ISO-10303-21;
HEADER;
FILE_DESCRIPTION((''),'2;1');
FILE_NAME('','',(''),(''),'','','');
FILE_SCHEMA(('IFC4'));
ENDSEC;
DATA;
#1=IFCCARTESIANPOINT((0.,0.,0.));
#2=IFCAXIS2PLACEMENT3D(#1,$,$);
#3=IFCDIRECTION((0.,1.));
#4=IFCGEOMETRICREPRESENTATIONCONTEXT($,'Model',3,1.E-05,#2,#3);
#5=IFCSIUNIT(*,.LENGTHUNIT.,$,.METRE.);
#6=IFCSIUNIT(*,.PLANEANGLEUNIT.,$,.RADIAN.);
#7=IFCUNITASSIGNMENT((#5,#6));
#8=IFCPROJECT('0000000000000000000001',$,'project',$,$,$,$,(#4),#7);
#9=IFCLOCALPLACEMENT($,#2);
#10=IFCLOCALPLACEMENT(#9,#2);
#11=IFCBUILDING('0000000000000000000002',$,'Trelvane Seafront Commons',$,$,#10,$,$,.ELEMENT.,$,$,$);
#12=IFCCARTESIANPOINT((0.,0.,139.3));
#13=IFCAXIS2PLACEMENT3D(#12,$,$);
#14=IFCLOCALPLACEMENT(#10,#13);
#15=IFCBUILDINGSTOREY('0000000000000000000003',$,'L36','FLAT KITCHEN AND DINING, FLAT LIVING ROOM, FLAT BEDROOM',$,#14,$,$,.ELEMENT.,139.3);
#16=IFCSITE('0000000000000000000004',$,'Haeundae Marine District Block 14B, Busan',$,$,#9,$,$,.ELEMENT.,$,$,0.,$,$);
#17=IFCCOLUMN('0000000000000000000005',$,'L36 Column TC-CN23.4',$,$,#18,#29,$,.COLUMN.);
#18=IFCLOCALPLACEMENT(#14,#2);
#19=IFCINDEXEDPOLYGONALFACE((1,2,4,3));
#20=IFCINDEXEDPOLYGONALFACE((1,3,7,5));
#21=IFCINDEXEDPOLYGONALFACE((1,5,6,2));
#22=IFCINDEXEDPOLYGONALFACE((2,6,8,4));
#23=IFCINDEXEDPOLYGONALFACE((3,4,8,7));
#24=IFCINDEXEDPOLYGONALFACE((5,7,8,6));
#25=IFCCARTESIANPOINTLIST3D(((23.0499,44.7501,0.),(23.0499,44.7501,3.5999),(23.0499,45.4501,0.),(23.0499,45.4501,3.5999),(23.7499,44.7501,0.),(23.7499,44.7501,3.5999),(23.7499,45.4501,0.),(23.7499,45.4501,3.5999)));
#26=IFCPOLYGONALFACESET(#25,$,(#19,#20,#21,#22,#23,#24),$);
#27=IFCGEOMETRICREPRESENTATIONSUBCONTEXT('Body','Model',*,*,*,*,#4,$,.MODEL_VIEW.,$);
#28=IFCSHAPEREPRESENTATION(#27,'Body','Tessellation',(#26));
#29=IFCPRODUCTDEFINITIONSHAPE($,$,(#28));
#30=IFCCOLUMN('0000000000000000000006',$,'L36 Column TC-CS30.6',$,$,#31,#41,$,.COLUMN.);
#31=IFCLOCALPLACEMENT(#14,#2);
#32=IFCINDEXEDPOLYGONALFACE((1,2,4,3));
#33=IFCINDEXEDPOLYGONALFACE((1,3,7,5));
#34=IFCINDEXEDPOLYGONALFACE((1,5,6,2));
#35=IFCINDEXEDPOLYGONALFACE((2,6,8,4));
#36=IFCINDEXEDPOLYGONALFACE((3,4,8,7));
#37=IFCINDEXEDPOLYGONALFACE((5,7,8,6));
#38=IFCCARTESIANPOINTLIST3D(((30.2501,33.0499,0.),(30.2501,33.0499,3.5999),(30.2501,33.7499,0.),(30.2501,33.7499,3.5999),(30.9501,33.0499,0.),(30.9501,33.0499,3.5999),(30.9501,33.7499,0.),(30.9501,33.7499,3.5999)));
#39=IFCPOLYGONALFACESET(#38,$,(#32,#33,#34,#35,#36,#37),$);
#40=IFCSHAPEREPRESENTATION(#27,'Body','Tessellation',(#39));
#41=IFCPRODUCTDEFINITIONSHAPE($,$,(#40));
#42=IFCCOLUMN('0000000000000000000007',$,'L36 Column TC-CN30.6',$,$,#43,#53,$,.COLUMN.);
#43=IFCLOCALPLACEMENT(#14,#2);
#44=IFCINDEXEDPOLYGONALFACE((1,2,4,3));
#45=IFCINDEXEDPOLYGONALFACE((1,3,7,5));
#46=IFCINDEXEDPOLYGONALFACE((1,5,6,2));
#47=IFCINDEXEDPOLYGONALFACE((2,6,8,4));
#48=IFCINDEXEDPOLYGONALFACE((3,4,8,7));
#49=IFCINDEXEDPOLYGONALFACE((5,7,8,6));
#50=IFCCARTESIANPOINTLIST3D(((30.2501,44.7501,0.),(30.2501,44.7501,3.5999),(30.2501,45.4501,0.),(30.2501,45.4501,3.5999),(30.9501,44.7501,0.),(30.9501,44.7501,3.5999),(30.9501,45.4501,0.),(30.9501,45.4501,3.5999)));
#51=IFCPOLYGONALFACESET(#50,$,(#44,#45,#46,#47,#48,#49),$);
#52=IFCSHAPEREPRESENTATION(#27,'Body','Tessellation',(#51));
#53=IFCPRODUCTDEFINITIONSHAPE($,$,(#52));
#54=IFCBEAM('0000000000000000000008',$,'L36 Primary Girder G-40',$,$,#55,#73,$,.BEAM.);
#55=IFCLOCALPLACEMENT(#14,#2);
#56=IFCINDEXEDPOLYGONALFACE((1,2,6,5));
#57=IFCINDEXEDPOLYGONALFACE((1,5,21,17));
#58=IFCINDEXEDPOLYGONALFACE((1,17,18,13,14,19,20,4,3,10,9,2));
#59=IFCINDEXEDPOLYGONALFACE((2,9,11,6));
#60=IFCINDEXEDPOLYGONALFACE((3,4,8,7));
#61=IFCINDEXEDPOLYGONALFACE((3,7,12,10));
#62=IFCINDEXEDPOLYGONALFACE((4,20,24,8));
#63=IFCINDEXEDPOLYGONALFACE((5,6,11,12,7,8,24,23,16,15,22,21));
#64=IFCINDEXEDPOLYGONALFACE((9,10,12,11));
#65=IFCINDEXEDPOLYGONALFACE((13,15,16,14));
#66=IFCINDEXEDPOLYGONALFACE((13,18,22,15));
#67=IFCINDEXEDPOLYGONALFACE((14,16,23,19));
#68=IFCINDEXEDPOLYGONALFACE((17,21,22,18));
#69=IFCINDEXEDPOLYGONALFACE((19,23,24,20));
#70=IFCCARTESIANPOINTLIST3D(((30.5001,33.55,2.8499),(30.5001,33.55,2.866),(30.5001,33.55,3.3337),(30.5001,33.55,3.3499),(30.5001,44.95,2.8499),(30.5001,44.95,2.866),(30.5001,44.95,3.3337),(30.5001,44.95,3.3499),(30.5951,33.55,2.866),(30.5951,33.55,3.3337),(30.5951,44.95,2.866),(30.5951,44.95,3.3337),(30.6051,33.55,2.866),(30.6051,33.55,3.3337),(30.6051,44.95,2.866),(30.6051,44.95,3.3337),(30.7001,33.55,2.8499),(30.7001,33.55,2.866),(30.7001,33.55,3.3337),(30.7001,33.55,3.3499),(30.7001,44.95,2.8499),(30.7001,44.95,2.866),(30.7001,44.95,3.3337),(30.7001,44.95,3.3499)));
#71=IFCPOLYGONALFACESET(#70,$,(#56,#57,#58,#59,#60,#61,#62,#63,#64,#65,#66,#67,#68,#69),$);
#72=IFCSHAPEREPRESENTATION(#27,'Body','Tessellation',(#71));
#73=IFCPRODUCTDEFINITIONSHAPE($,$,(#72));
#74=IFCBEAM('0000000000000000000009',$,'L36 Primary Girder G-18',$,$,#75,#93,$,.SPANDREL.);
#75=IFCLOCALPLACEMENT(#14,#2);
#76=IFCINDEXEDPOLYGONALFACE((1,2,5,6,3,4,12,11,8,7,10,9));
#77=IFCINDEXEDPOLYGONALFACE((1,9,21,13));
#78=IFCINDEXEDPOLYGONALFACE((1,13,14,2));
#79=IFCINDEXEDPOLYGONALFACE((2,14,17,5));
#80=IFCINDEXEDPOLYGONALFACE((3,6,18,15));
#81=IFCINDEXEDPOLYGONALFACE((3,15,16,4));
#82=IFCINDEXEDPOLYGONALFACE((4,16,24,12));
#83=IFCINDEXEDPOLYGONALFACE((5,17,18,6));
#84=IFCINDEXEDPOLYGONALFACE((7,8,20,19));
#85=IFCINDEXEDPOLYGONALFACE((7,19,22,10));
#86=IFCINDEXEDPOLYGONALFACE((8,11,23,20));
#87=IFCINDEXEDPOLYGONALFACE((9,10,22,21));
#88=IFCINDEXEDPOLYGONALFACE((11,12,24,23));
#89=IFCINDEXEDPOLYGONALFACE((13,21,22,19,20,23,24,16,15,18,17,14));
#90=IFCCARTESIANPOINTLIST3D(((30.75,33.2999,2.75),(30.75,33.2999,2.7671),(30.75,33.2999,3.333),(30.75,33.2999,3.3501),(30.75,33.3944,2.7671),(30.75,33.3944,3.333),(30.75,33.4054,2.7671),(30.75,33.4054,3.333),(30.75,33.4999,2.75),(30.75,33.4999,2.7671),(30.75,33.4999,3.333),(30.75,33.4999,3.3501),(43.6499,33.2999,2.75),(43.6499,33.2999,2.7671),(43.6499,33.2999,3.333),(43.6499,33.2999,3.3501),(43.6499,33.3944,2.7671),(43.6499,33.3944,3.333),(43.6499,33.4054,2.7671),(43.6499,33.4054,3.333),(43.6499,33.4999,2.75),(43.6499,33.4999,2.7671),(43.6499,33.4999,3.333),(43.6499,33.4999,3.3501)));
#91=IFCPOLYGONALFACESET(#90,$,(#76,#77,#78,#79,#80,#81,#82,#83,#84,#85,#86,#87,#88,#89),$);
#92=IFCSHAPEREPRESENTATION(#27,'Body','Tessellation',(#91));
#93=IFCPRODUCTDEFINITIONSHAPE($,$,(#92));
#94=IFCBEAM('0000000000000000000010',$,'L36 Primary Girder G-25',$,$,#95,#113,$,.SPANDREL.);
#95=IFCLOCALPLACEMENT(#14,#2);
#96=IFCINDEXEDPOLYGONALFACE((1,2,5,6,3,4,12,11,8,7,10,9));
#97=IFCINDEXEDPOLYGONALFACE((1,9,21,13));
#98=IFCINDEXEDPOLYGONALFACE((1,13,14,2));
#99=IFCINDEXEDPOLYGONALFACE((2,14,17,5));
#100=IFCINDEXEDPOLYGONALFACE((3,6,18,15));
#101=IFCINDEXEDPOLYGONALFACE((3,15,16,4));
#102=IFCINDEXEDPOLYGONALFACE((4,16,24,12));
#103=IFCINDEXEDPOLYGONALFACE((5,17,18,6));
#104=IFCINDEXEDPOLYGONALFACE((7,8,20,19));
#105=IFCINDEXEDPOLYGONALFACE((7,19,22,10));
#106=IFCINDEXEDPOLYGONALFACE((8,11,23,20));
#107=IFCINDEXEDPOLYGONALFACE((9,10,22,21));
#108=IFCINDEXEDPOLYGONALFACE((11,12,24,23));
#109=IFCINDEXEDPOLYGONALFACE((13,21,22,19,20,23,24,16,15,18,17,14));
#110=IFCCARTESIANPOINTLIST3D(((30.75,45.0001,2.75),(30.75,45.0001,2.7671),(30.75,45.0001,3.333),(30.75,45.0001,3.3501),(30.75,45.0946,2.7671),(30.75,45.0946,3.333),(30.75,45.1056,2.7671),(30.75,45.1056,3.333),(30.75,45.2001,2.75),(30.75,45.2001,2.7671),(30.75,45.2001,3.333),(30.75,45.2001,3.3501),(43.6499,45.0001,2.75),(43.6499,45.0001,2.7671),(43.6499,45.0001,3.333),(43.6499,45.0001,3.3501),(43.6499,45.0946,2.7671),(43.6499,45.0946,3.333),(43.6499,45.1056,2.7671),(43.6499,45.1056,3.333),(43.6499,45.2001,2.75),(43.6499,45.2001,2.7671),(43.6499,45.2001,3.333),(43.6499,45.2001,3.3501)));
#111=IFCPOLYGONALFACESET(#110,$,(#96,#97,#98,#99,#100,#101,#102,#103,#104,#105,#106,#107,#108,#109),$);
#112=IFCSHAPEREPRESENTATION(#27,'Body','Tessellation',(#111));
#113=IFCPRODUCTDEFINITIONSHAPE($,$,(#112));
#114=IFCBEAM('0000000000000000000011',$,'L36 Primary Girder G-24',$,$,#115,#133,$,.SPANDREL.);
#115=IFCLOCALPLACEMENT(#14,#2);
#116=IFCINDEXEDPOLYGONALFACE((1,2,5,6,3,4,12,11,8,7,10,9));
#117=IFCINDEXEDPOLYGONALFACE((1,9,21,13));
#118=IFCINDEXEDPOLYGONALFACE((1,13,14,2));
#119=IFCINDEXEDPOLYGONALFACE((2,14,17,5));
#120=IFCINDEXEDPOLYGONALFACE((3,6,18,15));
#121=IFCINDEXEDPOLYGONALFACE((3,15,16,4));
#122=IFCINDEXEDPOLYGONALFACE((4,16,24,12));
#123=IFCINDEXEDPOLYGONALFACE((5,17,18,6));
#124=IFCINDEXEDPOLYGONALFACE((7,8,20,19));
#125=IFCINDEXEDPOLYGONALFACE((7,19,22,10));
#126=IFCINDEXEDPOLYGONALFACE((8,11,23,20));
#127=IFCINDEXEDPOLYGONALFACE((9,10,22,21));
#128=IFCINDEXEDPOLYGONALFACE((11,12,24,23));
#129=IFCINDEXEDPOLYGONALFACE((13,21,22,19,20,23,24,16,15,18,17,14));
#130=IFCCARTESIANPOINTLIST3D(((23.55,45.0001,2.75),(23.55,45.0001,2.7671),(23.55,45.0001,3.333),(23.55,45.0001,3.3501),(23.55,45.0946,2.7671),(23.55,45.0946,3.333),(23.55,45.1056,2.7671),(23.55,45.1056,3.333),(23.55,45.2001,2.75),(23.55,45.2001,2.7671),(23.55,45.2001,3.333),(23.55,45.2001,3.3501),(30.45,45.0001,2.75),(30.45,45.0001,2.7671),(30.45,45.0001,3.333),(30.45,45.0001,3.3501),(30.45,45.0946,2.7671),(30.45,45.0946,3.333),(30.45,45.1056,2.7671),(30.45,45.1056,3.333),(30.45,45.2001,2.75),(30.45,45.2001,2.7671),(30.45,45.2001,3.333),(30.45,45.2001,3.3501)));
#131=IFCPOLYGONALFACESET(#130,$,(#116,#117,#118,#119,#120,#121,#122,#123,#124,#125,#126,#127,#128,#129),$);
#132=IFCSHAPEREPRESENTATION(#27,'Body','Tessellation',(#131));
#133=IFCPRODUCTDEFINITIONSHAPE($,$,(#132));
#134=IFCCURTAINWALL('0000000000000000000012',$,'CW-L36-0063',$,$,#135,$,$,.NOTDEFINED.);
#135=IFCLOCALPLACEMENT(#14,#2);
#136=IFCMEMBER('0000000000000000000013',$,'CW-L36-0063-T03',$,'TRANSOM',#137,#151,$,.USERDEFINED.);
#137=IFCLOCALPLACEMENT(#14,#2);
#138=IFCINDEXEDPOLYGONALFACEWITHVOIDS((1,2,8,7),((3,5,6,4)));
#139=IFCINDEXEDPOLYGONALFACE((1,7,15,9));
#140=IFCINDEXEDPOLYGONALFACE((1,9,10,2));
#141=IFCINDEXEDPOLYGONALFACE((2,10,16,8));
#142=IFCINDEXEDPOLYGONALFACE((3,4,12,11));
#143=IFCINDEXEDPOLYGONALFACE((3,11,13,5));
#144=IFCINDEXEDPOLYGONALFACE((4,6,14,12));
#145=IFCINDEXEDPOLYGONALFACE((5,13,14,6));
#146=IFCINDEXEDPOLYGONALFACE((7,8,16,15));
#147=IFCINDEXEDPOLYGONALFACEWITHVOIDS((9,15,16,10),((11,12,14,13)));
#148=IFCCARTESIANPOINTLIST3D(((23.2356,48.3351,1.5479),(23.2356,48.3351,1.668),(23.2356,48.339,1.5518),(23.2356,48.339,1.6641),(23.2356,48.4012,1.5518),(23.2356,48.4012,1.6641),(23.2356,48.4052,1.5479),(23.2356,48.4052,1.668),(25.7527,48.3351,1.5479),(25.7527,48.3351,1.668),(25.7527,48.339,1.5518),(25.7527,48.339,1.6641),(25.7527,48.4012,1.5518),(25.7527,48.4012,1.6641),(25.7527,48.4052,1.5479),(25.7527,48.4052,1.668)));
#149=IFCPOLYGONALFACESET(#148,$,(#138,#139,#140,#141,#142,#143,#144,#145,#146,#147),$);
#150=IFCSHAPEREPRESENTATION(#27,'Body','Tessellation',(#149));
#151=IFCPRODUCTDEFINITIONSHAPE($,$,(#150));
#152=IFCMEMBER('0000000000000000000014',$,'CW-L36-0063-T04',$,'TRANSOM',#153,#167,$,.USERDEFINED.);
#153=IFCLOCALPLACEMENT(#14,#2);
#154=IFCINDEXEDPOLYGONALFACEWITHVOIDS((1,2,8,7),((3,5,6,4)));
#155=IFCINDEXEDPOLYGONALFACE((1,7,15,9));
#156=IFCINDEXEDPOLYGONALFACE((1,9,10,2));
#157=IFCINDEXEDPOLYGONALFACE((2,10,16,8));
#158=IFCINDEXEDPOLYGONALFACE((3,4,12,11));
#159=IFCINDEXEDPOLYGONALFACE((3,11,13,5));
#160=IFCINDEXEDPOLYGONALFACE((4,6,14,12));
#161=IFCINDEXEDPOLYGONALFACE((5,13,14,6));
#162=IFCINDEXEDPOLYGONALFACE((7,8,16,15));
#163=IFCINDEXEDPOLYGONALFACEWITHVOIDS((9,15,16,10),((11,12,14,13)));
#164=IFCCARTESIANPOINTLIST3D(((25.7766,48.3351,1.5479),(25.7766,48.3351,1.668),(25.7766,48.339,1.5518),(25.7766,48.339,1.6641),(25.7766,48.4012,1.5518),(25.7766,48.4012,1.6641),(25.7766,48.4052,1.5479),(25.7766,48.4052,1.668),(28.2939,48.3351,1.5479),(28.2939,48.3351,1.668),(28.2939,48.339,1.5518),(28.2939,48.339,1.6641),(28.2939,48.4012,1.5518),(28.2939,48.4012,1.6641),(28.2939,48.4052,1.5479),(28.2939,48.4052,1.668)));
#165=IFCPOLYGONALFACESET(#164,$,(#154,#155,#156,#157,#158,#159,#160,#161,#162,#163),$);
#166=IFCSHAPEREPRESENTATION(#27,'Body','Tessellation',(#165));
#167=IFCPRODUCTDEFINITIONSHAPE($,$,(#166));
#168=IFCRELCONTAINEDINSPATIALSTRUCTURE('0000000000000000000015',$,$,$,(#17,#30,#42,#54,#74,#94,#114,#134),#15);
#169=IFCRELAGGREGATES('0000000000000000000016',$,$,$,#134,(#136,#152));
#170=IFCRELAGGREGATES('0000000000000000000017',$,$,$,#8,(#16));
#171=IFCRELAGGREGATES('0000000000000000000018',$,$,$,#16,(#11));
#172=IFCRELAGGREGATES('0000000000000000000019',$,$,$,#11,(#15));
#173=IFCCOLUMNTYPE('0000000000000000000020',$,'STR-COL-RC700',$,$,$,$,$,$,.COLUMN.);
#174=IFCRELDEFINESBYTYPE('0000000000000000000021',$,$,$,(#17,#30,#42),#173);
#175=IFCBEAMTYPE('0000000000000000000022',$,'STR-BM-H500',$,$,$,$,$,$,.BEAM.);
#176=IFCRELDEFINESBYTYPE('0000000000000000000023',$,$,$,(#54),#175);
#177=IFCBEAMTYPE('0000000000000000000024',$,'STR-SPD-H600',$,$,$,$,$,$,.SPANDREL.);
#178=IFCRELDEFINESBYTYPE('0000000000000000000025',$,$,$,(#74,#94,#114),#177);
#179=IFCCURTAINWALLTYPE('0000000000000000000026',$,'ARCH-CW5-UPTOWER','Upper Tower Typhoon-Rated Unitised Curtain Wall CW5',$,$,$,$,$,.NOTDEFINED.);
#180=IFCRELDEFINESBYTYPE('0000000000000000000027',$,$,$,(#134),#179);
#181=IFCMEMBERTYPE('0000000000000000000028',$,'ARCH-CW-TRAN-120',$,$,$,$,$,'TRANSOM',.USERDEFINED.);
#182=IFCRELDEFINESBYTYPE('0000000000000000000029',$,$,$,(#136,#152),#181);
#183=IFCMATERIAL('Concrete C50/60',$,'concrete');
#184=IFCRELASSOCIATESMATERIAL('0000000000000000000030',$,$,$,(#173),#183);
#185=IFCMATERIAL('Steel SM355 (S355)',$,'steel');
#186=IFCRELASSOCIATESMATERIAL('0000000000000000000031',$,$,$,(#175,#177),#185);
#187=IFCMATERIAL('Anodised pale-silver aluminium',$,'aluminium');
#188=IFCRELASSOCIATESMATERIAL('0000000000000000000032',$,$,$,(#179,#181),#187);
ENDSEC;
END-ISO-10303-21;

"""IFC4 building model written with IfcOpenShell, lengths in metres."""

from ifc_helpers import new_model, si_unit, direction, frame, origin, origin_2d, place, context, subcontext, project, spatial, rectangle, hollow_rectangle, i_section, extrude, source, transform, mapped, material, material_profile, profile_set, type_object, element, aggregate, save


model = new_model("IFC4")

# Units and contexts
model_context = context("Model", 3, precision=1e-05, world=origin(), true_north=direction((0.0, 1.0)))
body_context = subcontext(model_context, "Body", "Model", "MODEL_VIEW")
ifc_project = project(units=[si_unit("LENGTHUNIT", "METRE"), si_unit("PLANEANGLEUNIT", "RADIAN")], contexts=[model_context])

# Site, building, storey
site_placement = place(None, origin())
site = spatial("IfcSite", under=ifc_project, at=site_placement, Name="Haeundae Marine District Block 14B, Busan", CompositionType="ELEMENT", RefElevation=0.0)
building_placement = place(site_placement, origin())
building = spatial("IfcBuilding", under=site, at=building_placement, Name="Trelvane Seafront Commons", CompositionType="ELEMENT")
storey_placement = place(building_placement, frame((0.0, 0.0, 139.3)))
storey = spatial("IfcBuildingStorey", under=building, at=storey_placement, Name="L36", Description="FLAT KITCHEN AND DINING, FLAT LIVING ROOM, FLAT BEDROOM", CompositionType="ELEMENT", Elevation=139.3)

# Columns
ifc_material_1 = material(Name="Concrete C50/60", Category="concrete")
ifc_material_profile_1 = material_profile(ifc_material_1, rectangle(XDim=0.7, YDim=0.7, at=origin_2d()), Name="RC-700x700")
ifc_profile_set_1 = profile_set([ifc_material_profile_1], Name="Concrete C50/60")
column_type = type_object("IfcColumnType", Name="STR-COL-RC700", PredefinedType="COLUMN", material=ifc_profile_set_1)
shared_shape_1 = source(origin(), body_context, "Body", "SweptSolid", [
    extrude(rectangle(XDim=0.7, YDim=0.7, at=origin_2d()), origin(), (0.0, 0.0, 1.0), 3.5999),
])
for number, where, z_axis, x_axis, name in (
    (1, (23.3999, 45.1001, 0.0), (0.0, 0.0, 1.0), (1.0, 0.0, 0.0), "L36 Column TC-CN23.4"),
    (2, (30.6001, 33.3999, 0.0), (0.0, 0.0, 1.0), (1.0, 0.0, 0.0), "L36 Column TC-CS30.6"),
    (3, (30.6001, 45.1001, 0.0), (0.0, 0.0, 1.0), (1.0, 0.0, 0.0), "L36 Column TC-CN30.6"),
):
    element("IfcColumn", number, at=place(storey_placement, frame(where, z_axis=z_axis, x_axis=x_axis)), inside=storey, type_object=column_type, Name=name, PredefinedType="COLUMN", context=body_context, shape_type="MappedRepresentation", body=[
        mapped(shared_shape_1, transform((0.0, 0.0, 0.0), x_axis=(1.0, 0.0, 0.0), y_axis=(0.0, 1.0, 0.0), z_axis=(0.0, 0.0, 1.0), scale=1.0)),
    ])

# Beams
ifc_material_2 = material(Name="Steel SM355 (S355)", Category="steel")
ifc_material_profile_2 = material_profile(ifc_material_2, i_section(OverallWidth=0.2, OverallDepth=0.5, WebThickness=0.01, FlangeThickness=0.0161, at=origin_2d()), Name="H-500x200x10x16")
ifc_profile_set_2 = profile_set([ifc_material_profile_2], Name="Steel SM355 (S355)")
beam_type_1 = type_object("IfcBeamType", Name="STR-BM-H500", PredefinedType="BEAM", material=ifc_profile_set_2)
shared_shape_2 = source(origin(), body_context, "Body", "SweptSolid", [
    extrude(i_section(OverallWidth=0.2, OverallDepth=0.5, WebThickness=0.01, FlangeThickness=0.0161, at=origin_2d()), origin(), (0.0, 0.0, 1.0), 11.3999),
])
beam_1_placement = place(storey_placement, frame((30.6001, 33.55, 3.0999), z_axis=(0.0, 1.0, 0.0), x_axis=(-1.0, 0.0, 0.0)))
element("IfcBeam", 4, at=beam_1_placement, inside=storey, type_object=beam_type_1, Name="L36 Primary Girder G-40", PredefinedType="BEAM", context=body_context, shape_type="MappedRepresentation", body=[
    mapped(shared_shape_2, transform((0.0, 0.0, 0.0), x_axis=(1.0, 0.0, 0.0), y_axis=(0.0, 1.0, 0.0), z_axis=(0.0, 0.0, 1.0), scale=1.0)),
])
ifc_material_profile_3 = material_profile(ifc_material_2, i_section(OverallWidth=0.2, OverallDepth=0.6001, WebThickness=0.011, FlangeThickness=0.0171, at=origin_2d()), Name="H-600x200x11x17")
ifc_profile_set_3 = profile_set([ifc_material_profile_3], Name="Steel SM355 (S355)")
beam_type_2 = type_object("IfcBeamType", Name="STR-SPD-H600", PredefinedType="SPANDREL", material=ifc_profile_set_3)
shared_shape_3 = source(origin(), body_context, "Body", "SweptSolid", [
    extrude(i_section(OverallWidth=0.2, OverallDepth=0.6001, WebThickness=0.011, FlangeThickness=0.0171, at=origin_2d()), origin(), (0.0, 0.0, 1.0), 12.8999),
])
for number, where, z_axis, x_axis, name in (
    (5, (30.75, 33.3999, 3.05), (1.0, 0.0, 0.0), (0.0, 1.0, 0.0), "L36 Primary Girder G-18"),
    (6, (30.75, 45.1001, 3.05), (1.0, 0.0, 0.0), (0.0, 1.0, 0.0), "L36 Primary Girder G-25"),
):
    element("IfcBeam", number, at=place(storey_placement, frame(where, z_axis=z_axis, x_axis=x_axis)), inside=storey, type_object=beam_type_2, Name=name, PredefinedType="SPANDREL", context=body_context, shape_type="MappedRepresentation", body=[
        mapped(shared_shape_3, transform((0.0, 0.0, 0.0), x_axis=(1.0, 0.0, 0.0), y_axis=(0.0, 1.0, 0.0), z_axis=(0.0, 0.0, 1.0), scale=1.0)),
    ])
shared_shape_4 = source(origin(), body_context, "Body", "SweptSolid", [
    extrude(i_section(OverallWidth=0.2, OverallDepth=0.6001, WebThickness=0.011, FlangeThickness=0.0171, at=origin_2d()), origin(), (0.0, 0.0, 1.0), 6.8999),
])
beam_2_placement = place(storey_placement, frame((23.55, 45.1001, 3.05), z_axis=(1.0, 0.0, 0.0), x_axis=(0.0, 1.0, 0.0)))
element("IfcBeam", 7, at=beam_2_placement, inside=storey, type_object=beam_type_2, Name="L36 Primary Girder G-24", PredefinedType="SPANDREL", context=body_context, shape_type="MappedRepresentation", body=[
    mapped(shared_shape_4, transform((0.0, 0.0, 0.0), x_axis=(1.0, 0.0, 0.0), y_axis=(0.0, 1.0, 0.0), z_axis=(0.0, 0.0, 1.0), scale=1.0)),
])

# Curtain wall, members
ifc_material_3 = material(Name="Anodised pale-silver aluminium", Category="aluminium")
curtain_wall_type = type_object("IfcCurtainWallType", Name="ARCH-CW5-UPTOWER", Description="Upper Tower Typhoon-Rated Unitised Curtain Wall CW5", PredefinedType="NOTDEFINED", material=ifc_material_3)
curtain_wall_placement = place(storey_placement, origin())
curtain_wall = element("IfcCurtainWall", 8, at=curtain_wall_placement, inside=storey, type_object=curtain_wall_type, Name="CW-L36-0063", PredefinedType="NOTDEFINED")
ifc_material_profile_4 = material_profile(ifc_material_3, hollow_rectangle(XDim=0.0701, YDim=0.1201, WallThickness=0.0039, at=origin_2d()), Name="TRAN-70x120x4")
ifc_profile_set_4 = profile_set([ifc_material_profile_4], Name="Anodised pale-silver aluminium")
member_type_1 = type_object("IfcMemberType", Name="ARCH-CW-TRAN-120", ElementType="TRANSOM", PredefinedType="USERDEFINED", material=ifc_profile_set_4)
shared_shape_5 = source(origin(), body_context, "Body", "SweptSolid", [
    extrude(hollow_rectangle(XDim=0.0701, YDim=0.1201, WallThickness=0.0039, at=origin_2d()), origin(), (0.0, 0.0, 1.0), 2.5171),
])
member_1_placement = place(storey_placement, frame((23.2356, 48.3701, 1.6079), z_axis=(1.0, 0.0, 0.0), x_axis=(0.0, 1.0, 0.0)))
member_1 = element("IfcMember", 9, at=member_1_placement, type_object=member_type_1, Name="CW-L36-0063-T03", ObjectType="TRANSOM", PredefinedType="USERDEFINED", context=body_context, shape_type="MappedRepresentation", body=[
    mapped(shared_shape_5, transform((0.0, 0.0, 0.0), x_axis=(1.0, 0.0, 0.0), y_axis=(0.0, 1.0, 0.0), z_axis=(0.0, 0.0, 1.0), scale=1.0)),
])
shared_shape_6 = source(origin(), body_context, "Body", "SweptSolid", [
    extrude(hollow_rectangle(XDim=0.0701, YDim=0.1201, WallThickness=0.0039, at=origin_2d()), origin(), (0.0, 0.0, 1.0), 2.5173),
])
member_2_placement = place(storey_placement, frame((25.7766, 48.3701, 1.6079), z_axis=(1.0, 0.0, 0.0), x_axis=(0.0, 1.0, 0.0)))
member_2 = element("IfcMember", 10, at=member_2_placement, type_object=member_type_1, Name="CW-L36-0063-T04", ObjectType="TRANSOM", PredefinedType="USERDEFINED", context=body_context, shape_type="MappedRepresentation", body=[
    mapped(shared_shape_6, transform((0.0, 0.0, 0.0), x_axis=(1.0, 0.0, 0.0), y_axis=(0.0, 1.0, 0.0), z_axis=(0.0, 0.0, 1.0), scale=1.0)),
])
aggregate(curtain_wall, [member_1, member_2])

save(model, "model.ifc")
